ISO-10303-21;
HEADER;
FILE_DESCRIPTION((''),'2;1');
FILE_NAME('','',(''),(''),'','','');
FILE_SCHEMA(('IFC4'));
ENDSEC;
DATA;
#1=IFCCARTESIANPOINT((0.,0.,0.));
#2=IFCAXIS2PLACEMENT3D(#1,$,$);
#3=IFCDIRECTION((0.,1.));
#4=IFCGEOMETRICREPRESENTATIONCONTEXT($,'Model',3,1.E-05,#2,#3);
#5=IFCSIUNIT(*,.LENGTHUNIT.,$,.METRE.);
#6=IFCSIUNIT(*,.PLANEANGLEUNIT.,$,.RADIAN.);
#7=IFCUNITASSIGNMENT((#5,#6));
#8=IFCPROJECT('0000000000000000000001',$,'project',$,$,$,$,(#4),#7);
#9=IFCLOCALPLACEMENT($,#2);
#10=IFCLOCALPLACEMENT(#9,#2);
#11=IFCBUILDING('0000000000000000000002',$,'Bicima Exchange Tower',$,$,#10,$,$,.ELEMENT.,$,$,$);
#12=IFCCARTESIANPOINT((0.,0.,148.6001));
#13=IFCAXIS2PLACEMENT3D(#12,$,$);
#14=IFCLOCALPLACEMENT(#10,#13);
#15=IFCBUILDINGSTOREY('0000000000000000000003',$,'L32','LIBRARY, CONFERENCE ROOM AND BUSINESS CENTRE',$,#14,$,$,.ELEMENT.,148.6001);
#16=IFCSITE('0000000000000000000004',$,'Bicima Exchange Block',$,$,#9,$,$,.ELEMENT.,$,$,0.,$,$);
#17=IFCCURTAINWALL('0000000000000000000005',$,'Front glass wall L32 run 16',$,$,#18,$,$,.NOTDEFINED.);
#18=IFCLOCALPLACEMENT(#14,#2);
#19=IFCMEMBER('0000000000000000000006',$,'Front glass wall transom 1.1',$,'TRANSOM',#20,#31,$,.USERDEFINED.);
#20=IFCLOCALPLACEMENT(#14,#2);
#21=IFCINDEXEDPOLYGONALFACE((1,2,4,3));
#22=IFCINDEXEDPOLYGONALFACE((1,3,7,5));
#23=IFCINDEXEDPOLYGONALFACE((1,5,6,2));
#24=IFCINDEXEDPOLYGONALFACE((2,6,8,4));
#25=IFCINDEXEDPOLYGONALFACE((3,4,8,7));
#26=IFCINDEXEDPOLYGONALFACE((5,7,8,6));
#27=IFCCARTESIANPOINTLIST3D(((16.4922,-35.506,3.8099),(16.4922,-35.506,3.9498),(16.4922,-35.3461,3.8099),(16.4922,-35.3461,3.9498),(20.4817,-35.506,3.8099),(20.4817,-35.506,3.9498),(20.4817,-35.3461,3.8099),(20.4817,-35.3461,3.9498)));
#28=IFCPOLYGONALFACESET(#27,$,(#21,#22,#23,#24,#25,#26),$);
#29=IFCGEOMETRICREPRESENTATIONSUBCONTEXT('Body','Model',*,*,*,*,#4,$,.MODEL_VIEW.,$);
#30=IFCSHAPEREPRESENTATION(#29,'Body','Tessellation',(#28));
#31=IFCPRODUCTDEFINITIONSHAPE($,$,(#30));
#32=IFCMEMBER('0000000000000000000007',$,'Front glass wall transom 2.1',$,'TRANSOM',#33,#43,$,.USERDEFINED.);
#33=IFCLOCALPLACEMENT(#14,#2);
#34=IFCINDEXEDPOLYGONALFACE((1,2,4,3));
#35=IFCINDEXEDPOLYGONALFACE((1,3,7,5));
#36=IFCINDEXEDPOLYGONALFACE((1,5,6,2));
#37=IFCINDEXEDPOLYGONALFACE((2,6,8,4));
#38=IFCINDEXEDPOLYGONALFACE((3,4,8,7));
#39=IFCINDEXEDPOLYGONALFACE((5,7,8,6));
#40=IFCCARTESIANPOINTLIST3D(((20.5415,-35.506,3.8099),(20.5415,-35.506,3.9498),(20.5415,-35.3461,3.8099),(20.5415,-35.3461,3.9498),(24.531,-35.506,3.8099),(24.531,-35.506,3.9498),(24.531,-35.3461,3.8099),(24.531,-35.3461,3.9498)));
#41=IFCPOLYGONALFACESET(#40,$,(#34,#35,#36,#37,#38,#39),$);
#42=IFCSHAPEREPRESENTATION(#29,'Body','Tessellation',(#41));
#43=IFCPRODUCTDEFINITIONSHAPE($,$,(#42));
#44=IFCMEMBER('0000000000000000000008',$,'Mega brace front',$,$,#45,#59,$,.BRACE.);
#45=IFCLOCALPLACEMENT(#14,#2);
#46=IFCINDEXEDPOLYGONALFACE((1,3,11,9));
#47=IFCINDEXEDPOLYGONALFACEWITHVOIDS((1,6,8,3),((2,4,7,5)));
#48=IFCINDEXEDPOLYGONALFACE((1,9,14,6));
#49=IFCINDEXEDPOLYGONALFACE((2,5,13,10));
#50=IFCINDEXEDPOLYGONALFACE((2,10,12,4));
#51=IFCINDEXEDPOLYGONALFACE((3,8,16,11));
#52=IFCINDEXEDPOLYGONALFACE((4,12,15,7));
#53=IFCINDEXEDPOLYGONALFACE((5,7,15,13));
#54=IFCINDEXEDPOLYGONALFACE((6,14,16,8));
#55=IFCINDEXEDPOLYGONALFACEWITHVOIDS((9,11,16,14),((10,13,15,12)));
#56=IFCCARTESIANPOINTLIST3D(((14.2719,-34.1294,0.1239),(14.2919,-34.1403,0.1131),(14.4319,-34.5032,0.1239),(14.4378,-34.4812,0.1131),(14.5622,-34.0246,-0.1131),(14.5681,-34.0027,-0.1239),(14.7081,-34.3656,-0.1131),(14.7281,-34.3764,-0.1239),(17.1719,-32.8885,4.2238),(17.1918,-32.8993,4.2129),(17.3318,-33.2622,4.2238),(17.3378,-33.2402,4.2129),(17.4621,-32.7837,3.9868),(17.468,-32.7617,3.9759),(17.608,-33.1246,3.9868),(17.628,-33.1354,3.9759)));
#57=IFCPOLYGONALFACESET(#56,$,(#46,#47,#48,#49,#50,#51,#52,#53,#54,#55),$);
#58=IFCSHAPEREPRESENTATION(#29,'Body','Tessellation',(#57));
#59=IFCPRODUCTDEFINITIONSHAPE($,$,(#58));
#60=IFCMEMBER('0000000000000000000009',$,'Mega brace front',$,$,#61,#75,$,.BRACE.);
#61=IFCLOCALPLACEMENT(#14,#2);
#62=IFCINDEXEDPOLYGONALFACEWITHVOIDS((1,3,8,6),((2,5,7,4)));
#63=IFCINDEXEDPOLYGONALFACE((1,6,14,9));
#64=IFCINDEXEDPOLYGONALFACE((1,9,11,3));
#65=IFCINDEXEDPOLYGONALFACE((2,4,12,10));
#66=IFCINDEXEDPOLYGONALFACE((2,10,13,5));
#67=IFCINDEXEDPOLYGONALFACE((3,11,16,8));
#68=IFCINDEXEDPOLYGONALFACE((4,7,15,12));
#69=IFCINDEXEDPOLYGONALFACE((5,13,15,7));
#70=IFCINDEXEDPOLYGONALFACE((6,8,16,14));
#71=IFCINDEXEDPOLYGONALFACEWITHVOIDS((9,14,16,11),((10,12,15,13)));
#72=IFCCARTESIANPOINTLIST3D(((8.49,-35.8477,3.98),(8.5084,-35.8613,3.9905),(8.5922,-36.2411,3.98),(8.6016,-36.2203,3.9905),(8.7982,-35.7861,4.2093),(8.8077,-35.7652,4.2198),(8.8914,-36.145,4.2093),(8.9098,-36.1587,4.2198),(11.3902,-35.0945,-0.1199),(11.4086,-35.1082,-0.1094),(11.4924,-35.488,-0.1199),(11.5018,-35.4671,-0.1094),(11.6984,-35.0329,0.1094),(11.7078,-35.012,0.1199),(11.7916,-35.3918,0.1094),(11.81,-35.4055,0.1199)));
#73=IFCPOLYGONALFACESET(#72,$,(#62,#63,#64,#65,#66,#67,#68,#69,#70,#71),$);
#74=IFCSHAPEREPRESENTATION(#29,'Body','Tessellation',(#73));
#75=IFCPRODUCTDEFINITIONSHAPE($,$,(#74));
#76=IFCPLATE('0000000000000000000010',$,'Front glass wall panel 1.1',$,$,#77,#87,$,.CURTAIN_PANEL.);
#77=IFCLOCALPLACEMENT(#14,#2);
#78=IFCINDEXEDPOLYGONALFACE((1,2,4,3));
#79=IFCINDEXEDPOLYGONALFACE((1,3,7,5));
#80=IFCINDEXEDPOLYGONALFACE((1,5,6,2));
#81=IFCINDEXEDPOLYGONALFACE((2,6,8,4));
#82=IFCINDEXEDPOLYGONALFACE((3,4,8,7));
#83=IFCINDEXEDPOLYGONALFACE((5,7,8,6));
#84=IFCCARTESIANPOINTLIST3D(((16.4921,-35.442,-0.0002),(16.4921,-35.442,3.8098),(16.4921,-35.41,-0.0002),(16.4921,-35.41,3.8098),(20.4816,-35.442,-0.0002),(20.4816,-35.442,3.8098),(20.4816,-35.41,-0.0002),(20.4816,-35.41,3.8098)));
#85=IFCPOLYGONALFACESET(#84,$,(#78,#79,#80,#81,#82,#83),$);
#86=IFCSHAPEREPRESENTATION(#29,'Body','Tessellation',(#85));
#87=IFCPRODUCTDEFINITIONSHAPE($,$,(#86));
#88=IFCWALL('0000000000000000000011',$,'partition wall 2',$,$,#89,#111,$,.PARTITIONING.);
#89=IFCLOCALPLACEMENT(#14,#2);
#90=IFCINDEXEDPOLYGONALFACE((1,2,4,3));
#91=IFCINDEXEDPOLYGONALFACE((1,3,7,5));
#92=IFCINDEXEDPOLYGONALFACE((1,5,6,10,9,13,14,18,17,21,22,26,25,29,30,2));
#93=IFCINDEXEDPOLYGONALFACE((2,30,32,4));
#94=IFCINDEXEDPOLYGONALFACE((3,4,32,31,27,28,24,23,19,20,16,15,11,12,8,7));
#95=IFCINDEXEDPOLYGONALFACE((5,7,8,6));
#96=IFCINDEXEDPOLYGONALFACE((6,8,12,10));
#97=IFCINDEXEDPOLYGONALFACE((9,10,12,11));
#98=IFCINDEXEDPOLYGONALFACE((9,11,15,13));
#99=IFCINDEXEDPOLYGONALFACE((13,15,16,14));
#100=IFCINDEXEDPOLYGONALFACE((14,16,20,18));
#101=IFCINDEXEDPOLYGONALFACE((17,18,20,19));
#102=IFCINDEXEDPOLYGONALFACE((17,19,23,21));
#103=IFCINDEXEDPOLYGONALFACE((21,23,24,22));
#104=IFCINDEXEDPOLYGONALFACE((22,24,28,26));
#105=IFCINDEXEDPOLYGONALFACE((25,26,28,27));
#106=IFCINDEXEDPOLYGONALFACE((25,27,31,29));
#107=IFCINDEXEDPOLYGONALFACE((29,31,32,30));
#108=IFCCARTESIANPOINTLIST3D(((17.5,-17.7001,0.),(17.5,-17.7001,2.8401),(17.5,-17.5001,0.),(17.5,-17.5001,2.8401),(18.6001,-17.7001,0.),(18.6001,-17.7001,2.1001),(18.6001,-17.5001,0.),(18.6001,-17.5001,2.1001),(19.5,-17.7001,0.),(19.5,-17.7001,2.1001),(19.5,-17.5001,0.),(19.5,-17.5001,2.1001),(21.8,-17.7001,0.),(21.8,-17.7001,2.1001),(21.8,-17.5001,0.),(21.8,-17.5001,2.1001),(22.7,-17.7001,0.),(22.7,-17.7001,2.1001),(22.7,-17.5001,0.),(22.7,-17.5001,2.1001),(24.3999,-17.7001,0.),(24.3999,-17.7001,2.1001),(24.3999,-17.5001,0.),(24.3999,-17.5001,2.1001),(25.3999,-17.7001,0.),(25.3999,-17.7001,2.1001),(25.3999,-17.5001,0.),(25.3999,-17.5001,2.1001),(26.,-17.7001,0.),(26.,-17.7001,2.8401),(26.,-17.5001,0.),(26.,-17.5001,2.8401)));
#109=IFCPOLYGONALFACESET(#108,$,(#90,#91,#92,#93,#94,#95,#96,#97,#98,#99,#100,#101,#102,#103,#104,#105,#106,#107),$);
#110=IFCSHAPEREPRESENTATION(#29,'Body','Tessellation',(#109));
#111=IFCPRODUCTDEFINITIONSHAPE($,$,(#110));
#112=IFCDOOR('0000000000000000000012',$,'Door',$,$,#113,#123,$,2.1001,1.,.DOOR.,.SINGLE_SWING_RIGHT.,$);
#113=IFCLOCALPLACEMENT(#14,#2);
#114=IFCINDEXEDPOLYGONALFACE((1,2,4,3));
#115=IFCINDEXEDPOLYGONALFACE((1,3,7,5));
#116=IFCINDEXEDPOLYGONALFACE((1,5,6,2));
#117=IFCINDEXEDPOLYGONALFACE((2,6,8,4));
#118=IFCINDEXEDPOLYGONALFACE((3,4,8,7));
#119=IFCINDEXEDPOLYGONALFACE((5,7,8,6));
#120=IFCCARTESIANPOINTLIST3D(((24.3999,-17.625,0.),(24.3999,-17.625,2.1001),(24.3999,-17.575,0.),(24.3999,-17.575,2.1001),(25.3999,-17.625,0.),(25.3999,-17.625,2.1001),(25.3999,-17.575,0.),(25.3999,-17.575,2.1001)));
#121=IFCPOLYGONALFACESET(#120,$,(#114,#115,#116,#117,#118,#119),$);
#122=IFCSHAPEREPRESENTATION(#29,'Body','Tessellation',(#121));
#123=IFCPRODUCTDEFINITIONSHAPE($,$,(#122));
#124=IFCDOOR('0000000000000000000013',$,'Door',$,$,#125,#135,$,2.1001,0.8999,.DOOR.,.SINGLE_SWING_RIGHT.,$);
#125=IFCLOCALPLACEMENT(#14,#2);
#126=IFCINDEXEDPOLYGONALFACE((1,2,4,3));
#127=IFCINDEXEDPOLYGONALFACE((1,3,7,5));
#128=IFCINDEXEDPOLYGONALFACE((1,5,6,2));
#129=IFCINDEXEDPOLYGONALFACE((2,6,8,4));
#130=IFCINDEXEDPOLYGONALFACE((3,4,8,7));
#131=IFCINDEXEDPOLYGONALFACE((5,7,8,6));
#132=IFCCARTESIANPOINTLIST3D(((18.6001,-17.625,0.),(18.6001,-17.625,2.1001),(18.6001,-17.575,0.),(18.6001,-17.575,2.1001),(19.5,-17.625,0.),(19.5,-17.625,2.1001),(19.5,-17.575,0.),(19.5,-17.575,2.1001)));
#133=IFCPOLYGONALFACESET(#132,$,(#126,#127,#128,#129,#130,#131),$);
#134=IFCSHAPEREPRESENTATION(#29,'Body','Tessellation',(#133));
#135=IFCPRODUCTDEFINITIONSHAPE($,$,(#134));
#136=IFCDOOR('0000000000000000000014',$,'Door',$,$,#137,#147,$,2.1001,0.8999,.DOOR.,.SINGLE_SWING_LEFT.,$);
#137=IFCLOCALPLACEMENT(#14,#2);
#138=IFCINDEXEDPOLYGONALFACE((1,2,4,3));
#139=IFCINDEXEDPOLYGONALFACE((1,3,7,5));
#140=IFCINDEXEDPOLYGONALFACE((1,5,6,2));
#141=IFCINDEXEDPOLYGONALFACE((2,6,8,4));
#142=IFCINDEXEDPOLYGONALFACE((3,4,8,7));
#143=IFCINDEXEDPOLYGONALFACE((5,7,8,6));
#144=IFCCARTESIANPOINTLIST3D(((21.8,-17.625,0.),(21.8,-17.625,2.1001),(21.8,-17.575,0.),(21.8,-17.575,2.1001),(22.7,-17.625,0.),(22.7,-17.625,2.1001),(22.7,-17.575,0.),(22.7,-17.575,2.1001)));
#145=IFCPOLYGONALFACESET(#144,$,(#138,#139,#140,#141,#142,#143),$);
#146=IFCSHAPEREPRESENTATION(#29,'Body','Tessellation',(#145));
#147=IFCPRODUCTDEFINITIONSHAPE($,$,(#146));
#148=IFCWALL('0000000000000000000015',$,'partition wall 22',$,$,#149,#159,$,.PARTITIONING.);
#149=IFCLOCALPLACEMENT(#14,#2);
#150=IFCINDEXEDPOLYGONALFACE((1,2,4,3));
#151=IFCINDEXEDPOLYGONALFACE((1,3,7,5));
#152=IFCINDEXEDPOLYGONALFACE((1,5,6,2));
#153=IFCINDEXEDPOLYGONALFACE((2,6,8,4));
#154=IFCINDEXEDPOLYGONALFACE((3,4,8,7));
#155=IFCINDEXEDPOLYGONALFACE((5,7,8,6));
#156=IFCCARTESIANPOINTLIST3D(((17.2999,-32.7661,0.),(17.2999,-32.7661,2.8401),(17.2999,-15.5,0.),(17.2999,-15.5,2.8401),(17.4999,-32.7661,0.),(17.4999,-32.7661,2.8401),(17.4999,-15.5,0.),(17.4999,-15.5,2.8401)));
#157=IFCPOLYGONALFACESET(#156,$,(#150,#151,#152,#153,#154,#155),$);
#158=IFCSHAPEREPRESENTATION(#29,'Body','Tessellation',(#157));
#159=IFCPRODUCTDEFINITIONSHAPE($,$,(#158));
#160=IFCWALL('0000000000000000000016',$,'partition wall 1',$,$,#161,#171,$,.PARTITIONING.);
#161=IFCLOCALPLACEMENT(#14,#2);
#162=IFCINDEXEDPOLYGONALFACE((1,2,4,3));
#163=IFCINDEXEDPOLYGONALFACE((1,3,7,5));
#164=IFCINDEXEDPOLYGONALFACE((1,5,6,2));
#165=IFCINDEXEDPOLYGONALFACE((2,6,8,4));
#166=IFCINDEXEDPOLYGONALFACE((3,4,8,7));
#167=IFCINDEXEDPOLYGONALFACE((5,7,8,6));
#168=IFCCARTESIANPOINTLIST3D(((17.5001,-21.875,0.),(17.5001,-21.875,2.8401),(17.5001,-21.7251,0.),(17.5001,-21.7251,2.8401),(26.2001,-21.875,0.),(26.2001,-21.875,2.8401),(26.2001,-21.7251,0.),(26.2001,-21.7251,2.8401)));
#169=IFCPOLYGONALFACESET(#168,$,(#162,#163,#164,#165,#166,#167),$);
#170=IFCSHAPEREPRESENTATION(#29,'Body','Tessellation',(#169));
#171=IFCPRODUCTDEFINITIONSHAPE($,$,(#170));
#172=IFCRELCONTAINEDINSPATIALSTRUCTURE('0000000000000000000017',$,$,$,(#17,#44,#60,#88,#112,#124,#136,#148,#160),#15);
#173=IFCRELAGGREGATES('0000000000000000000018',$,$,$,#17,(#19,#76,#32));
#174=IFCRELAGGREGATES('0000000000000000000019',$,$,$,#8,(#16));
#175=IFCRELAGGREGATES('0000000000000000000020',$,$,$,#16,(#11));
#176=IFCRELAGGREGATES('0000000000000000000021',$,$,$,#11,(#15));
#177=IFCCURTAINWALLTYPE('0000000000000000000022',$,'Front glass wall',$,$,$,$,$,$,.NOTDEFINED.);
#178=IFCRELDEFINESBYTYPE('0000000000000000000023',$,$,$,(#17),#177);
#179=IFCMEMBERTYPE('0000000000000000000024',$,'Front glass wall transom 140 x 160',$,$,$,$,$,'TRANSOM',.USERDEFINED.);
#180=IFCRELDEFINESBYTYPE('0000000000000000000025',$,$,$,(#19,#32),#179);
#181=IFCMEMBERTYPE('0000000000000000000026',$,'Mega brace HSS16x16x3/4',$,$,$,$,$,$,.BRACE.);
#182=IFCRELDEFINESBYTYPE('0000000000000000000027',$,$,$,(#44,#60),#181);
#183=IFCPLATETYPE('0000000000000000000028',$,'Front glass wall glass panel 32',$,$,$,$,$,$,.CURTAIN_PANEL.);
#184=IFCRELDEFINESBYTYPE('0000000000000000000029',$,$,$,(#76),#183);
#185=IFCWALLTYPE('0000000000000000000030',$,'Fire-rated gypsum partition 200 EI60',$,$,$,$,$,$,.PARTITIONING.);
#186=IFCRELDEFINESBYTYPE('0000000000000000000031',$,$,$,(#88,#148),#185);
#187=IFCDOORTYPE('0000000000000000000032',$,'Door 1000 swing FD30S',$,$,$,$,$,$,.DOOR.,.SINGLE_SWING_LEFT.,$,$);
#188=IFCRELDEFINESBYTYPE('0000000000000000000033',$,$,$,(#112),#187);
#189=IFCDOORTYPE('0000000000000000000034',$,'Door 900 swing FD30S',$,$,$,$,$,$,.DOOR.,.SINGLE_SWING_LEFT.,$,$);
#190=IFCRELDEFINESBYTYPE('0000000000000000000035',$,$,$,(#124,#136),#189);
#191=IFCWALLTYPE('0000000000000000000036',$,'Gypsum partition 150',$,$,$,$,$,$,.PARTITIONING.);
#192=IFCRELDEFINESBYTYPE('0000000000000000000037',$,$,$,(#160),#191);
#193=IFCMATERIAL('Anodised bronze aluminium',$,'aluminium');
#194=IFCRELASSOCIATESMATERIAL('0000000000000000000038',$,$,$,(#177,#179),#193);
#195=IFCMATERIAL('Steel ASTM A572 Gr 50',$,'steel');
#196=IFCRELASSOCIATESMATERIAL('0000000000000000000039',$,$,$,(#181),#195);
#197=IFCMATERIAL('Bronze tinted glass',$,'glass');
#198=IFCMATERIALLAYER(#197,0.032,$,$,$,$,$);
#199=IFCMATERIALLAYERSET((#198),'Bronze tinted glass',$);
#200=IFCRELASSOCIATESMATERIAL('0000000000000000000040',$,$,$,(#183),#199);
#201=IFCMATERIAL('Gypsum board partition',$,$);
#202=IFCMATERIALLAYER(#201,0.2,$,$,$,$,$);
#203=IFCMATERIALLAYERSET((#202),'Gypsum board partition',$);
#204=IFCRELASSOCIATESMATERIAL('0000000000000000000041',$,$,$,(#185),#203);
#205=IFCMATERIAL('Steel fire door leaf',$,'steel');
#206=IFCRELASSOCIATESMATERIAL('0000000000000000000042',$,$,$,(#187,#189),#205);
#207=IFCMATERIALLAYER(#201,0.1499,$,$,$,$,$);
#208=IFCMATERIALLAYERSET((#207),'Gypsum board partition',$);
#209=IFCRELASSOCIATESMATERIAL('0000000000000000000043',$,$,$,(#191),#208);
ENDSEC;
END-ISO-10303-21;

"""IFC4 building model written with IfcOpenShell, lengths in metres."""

from ifc_helpers import new_model, si_unit, direction, frame, frame_2d, origin, origin_2d, place, context, subcontext, project, spatial, rectangle, hollow_rectangle, extrude, material, layer, layer_set, material_profile, profile_set, type_object, element, fill, aggregate, save


model = new_model("IFC4")

# Units and contexts
model_context = context("Model", 3, precision=1e-05, world=origin(), true_north=direction((0.0, 1.0)))
body_context = subcontext(model_context, "Body", "Model", "MODEL_VIEW")
ifc_project = project(units=[si_unit("LENGTHUNIT", "METRE"), si_unit("PLANEANGLEUNIT", "RADIAN")], contexts=[model_context])

# Site, building, storey
site_placement = place(None, origin())
site = spatial("IfcSite", under=ifc_project, at=site_placement, Name="Bicima Exchange Block", CompositionType="ELEMENT", RefElevation=0.0)
building_placement = place(site_placement, origin())
building = spatial("IfcBuilding", under=site, at=building_placement, Name="Bicima Exchange Tower", CompositionType="ELEMENT")
storey_placement = place(building_placement, frame((0.0, 0.0, 148.6001)))
storey = spatial("IfcBuildingStorey", under=building, at=storey_placement, Name="L32", Description="LIBRARY, CONFERENCE ROOM AND BUSINESS CENTRE", CompositionType="ELEMENT", Elevation=148.6001)

# Curtain wall
ifc_material_1 = material(Name="Anodised bronze aluminium", Category="aluminium")
curtain_wall_type = type_object("IfcCurtainWallType", Name="Front glass wall", PredefinedType="NOTDEFINED", material=ifc_material_1)
curtain_wall_1_placement = place(storey_placement, origin())
curtain_wall_1 = element("IfcCurtainWall", 1, at=curtain_wall_1_placement, inside=storey, type_object=curtain_wall_type, Name="Front glass wall L32 run 16", PredefinedType="NOTDEFINED")

# Members
ifc_material_profile_1 = material_profile(ifc_material_1, rectangle(XDim=0.1599, YDim=0.1399, at=origin_2d()))
ifc_profile_set_1 = profile_set([ifc_material_profile_1], Name="Anodised bronze aluminium")
member_type_1 = type_object("IfcMemberType", Name="Front glass wall transom 140 x 160", ElementType="TRANSOM", PredefinedType="USERDEFINED", material=ifc_profile_set_1)
member_1_placement = place(storey_placement, frame((16.4922, -35.426, 3.8799), z_axis=(1.0, 0.0, 0.0), x_axis=(0.0, 1.0, 0.0)))
member_1 = element("IfcMember", 2, at=member_1_placement, type_object=member_type_1, Name="Front glass wall transom 1.1", ObjectType="TRANSOM", PredefinedType="USERDEFINED", context=body_context, shape_type="SweptSolid", body=[
    extrude(rectangle(XDim=0.1599, YDim=0.1399, at=origin_2d()), origin(), (0.0, 0.0, 1.0), 3.9895),
])
member_2_placement = place(storey_placement, frame((20.5415, -35.426, 3.8799), z_axis=(1.0, 0.0, 0.0), x_axis=(0.0, 1.0, 0.0)))
member_2 = element("IfcMember", 3, at=member_2_placement, type_object=member_type_1, Name="Front glass wall transom 2.1", ObjectType="TRANSOM", PredefinedType="USERDEFINED", context=body_context, shape_type="SweptSolid", body=[
    extrude(rectangle(XDim=0.1599, YDim=0.1399, at=origin_2d()), origin(), (0.0, 0.0, 1.0), 3.9895),
])

# Members
ifc_material_2 = material(Name="Steel ASTM A572 Gr 50", Category="steel")
ifc_material_profile_2 = material_profile(ifc_material_2, hollow_rectangle(XDim=0.4065, YDim=0.4065, WallThickness=0.0178, at=origin_2d()))
ifc_profile_set_2 = profile_set([ifc_material_profile_2], Name="Steel ASTM A572 Gr 50")
member_type_2 = type_object("IfcMemberType", Name="Mega brace HSS16x16x3/4", PredefinedType="BRACE", material=ifc_profile_set_2)
member_3_placement = place(storey_placement, frame((14.5, -34.2529, 0.0), z_axis=(0.560602, 0.239901, 0.792574), x_axis=(-0.393424, 0.919357, 0.0)))
element("IfcMember", 4, at=member_3_placement, inside=storey, type_object=member_type_2, Name="Mega brace front", PredefinedType="BRACE", context=body_context, shape_type="SweptSolid", body=[
    extrude(hollow_rectangle(XDim=0.4065, YDim=0.4065, WallThickness=0.0178, at=origin_2d()), origin(), (0.0, 0.0, 1.0), 5.1729),
])
member_4_placement = place(storey_placement, frame((11.6001, -35.25, 0.0), z_axis=(-0.571111, -0.148319, 0.807363), x_axis=(0.251364, -0.967893, 0.0)))
element("IfcMember", 5, at=member_4_placement, inside=storey, type_object=member_type_2, Name="Mega brace front", PredefinedType="BRACE", context=body_context, shape_type="SweptSolid", body=[
    extrude(hollow_rectangle(XDim=0.4065, YDim=0.4065, WallThickness=0.0178, at=origin_2d()), origin(), (0.0, 0.0, 1.0), 5.0781),
])

# Plate
ifc_material_3 = material(Name="Bronze tinted glass", Category="glass")
ifc_layer_1 = layer(ifc_material_3, 0.032)
ifc_layer_set_1 = layer_set([ifc_layer_1], Name="Bronze tinted glass")
plate_type = type_object("IfcPlateType", Name="Front glass wall glass panel 32", PredefinedType="CURTAIN_PANEL", material=ifc_layer_set_1)
plate_placement = place(storey_placement, frame((18.4868, -35.426, -0.0002), z_axis=(0.0, 0.0, 1.0), x_axis=(1.0, 0.0, 0.0)))
plate = element("IfcPlate", 6, at=plate_placement, type_object=plate_type, Name="Front glass wall panel 1.1", PredefinedType="CURTAIN_PANEL", context=body_context, shape_type="SweptSolid", body=[
    extrude(rectangle(XDim=3.9895, YDim=0.032, at=origin_2d()), origin(), (0.0, 0.0, 1.0), 3.8101),
])
aggregate(curtain_wall_1, [member_1, plate, member_2])

# Wall, openings, doors
ifc_material_4 = material(Name="Gypsum board partition")
ifc_layer_2 = layer(ifc_material_4, 0.2)
ifc_layer_set_2 = layer_set([ifc_layer_2], Name="Gypsum board partition")
wall_type_1 = type_object("IfcWallType", Name="Fire-rated gypsum partition 200 EI60", PredefinedType="PARTITIONING", material=ifc_layer_set_2)
wall_1_placement = place(storey_placement, frame((17.5, -17.6001, 0.0), z_axis=(0.0, 0.0, 1.0), x_axis=(1.0, 0.0, 0.0)))
wall_1 = element("IfcWall", 7, at=wall_1_placement, inside=storey, type_object=wall_type_1, Name="partition wall 2", PredefinedType="PARTITIONING", context=body_context, shape_type="SweptSolid", body=[
    extrude(rectangle(XDim=8.5, YDim=0.2, at=frame_2d((4.25, 0.0))), origin(), (0.0, 0.0, 1.0), 2.8401),
])
opening_1_placement = place(wall_1_placement, frame((1.1001, 0.0, 0.0)))
opening_1 = element("IfcOpeningElement", 8, at=opening_1_placement, cuts=wall_1, PredefinedType="OPENING", context=body_context, shape_type="SweptSolid", body=[
    extrude(rectangle(XDim=0.8999, YDim=2.1001, at=frame_2d((0.45, 1.05))), frame((0.0, 0.1118, 0.0), z_axis=(0.0, -1.0, 0.0), x_axis=(1.0, 0.0, 0.0)), (0.0, 0.0, 1.0), 0.2239),
])
opening_2_placement = place(wall_1_placement, frame((4.3, 0.0, 0.0)))
opening_2 = element("IfcOpeningElement", 9, at=opening_2_placement, cuts=wall_1, PredefinedType="OPENING", context=body_context, shape_type="SweptSolid", body=[
    extrude(rectangle(XDim=0.8999, YDim=2.1001, at=frame_2d((0.45, 1.05))), frame((0.0, 0.1118, 0.0), z_axis=(0.0, -1.0, 0.0), x_axis=(1.0, 0.0, 0.0)), (0.0, 0.0, 1.0), 0.2239),
])
opening_3_placement = place(wall_1_placement, frame((6.8999, 0.0, 0.0)))
opening_3 = element("IfcOpeningElement", 10, at=opening_3_placement, cuts=wall_1, PredefinedType="OPENING", context=body_context, shape_type="SweptSolid", body=[
    extrude(rectangle(XDim=1.0, YDim=2.1001, at=frame_2d((0.5, 1.05))), frame((0.0, 0.1118, 0.0), z_axis=(0.0, -1.0, 0.0), x_axis=(1.0, 0.0, 0.0)), (0.0, 0.0, 1.0), 0.2239),
])
ifc_material_5 = material(Name="Steel fire door leaf", Category="steel")
door_type_1 = type_object("IfcDoorType", Name="Door 1000 swing FD30S", OperationType="SINGLE_SWING_LEFT", PredefinedType="DOOR", material=ifc_material_5)
door_1_placement = place(opening_3_placement, frame((1.0, 0.0, 0.0), z_axis=(0.0, 0.0, 1.0), x_axis=(-1.0, 0.0, 0.0)))
door_1 = element("IfcDoor", 11, at=door_1_placement, inside=storey, type_object=door_type_1, Name="Door", OperationType="SINGLE_SWING_RIGHT", OverallHeight=2.1001, OverallWidth=1.0, PredefinedType="DOOR", context=body_context, shape_type="SweptSolid", body=[
    extrude(rectangle(XDim=1.0, YDim=2.1001, at=frame_2d((0.5, 1.05))), frame((0.0, 0.0249, 0.0), z_axis=(0.0, -1.0, 0.0), x_axis=(1.0, 0.0, 0.0)), (0.0, 0.0, 1.0), 0.05),
])
fill(opening_3, door_1)
door_type_2 = type_object("IfcDoorType", Name="Door 900 swing FD30S", OperationType="SINGLE_SWING_LEFT", PredefinedType="DOOR", material=ifc_material_5)
door_2_placement = place(opening_1_placement, frame((0.8999, 0.0, 0.0), z_axis=(0.0, 0.0, 1.0), x_axis=(-1.0, 0.0, 0.0)))
door_2 = element("IfcDoor", 12, at=door_2_placement, inside=storey, type_object=door_type_2, Name="Door", OperationType="SINGLE_SWING_RIGHT", OverallHeight=2.1001, OverallWidth=0.8999, PredefinedType="DOOR", context=body_context, shape_type="SweptSolid", body=[
    extrude(rectangle(XDim=0.8999, YDim=2.1001, at=frame_2d((0.45, 1.05))), frame((0.0, 0.0249, 0.0), z_axis=(0.0, -1.0, 0.0), x_axis=(1.0, 0.0, 0.0)), (0.0, 0.0, 1.0), 0.05),
])
fill(opening_1, door_2)
door_3_placement = place(opening_2_placement, frame((0.8999, 0.0, 0.0), z_axis=(0.0, 0.0, 1.0), x_axis=(-1.0, 0.0, 0.0)))
door_3 = element("IfcDoor", 13, at=door_3_placement, inside=storey, type_object=door_type_2, Name="Door", OperationType="SINGLE_SWING_LEFT", OverallHeight=2.1001, OverallWidth=0.8999, PredefinedType="DOOR", context=body_context, shape_type="SweptSolid", body=[
    extrude(rectangle(XDim=0.8999, YDim=2.1001, at=frame_2d((0.45, 1.05))), frame((0.0, 0.0249, 0.0), z_axis=(0.0, -1.0, 0.0), x_axis=(1.0, 0.0, 0.0)), (0.0, 0.0, 1.0), 0.05),
])
fill(opening_2, door_3)

# Walls
wall_2_placement = place(storey_placement, frame((17.3999, -32.7661, 0.0), z_axis=(0.0, 0.0, 1.0), x_axis=(0.0, 1.0, 0.0)))
element("IfcWall", 14, at=wall_2_placement, inside=storey, type_object=wall_type_1, Name="partition wall 22", PredefinedType="PARTITIONING", context=body_context, shape_type="SweptSolid", body=[
    extrude(rectangle(XDim=17.2661, YDim=0.2, at=frame_2d((8.6331, 0.0))), origin(), (0.0, 0.0, 1.0), 2.8401),
])
ifc_layer_3 = layer(ifc_material_4, 0.1499)
ifc_layer_set_3 = layer_set([ifc_layer_3], Name="Gypsum board partition")
wall_type_2 = type_object("IfcWallType", Name="Gypsum partition 150", PredefinedType="PARTITIONING", material=ifc_layer_set_3)
wall_3_placement = place(storey_placement, frame((17.5, -21.8, 0.0), z_axis=(0.0, 0.0, 1.0), x_axis=(1.0, 0.0, 0.0)))
element("IfcWall", 15, at=wall_3_placement, inside=storey, type_object=wall_type_2, Name="partition wall 1", PredefinedType="PARTITIONING", context=body_context, shape_type="SweptSolid", body=[
    extrude(rectangle(XDim=8.7, YDim=0.1499, at=frame_2d((4.3501, 0.0))), origin(), (0.0, 0.0, 1.0), 2.8401),
])

save(model, "model.ifc")
